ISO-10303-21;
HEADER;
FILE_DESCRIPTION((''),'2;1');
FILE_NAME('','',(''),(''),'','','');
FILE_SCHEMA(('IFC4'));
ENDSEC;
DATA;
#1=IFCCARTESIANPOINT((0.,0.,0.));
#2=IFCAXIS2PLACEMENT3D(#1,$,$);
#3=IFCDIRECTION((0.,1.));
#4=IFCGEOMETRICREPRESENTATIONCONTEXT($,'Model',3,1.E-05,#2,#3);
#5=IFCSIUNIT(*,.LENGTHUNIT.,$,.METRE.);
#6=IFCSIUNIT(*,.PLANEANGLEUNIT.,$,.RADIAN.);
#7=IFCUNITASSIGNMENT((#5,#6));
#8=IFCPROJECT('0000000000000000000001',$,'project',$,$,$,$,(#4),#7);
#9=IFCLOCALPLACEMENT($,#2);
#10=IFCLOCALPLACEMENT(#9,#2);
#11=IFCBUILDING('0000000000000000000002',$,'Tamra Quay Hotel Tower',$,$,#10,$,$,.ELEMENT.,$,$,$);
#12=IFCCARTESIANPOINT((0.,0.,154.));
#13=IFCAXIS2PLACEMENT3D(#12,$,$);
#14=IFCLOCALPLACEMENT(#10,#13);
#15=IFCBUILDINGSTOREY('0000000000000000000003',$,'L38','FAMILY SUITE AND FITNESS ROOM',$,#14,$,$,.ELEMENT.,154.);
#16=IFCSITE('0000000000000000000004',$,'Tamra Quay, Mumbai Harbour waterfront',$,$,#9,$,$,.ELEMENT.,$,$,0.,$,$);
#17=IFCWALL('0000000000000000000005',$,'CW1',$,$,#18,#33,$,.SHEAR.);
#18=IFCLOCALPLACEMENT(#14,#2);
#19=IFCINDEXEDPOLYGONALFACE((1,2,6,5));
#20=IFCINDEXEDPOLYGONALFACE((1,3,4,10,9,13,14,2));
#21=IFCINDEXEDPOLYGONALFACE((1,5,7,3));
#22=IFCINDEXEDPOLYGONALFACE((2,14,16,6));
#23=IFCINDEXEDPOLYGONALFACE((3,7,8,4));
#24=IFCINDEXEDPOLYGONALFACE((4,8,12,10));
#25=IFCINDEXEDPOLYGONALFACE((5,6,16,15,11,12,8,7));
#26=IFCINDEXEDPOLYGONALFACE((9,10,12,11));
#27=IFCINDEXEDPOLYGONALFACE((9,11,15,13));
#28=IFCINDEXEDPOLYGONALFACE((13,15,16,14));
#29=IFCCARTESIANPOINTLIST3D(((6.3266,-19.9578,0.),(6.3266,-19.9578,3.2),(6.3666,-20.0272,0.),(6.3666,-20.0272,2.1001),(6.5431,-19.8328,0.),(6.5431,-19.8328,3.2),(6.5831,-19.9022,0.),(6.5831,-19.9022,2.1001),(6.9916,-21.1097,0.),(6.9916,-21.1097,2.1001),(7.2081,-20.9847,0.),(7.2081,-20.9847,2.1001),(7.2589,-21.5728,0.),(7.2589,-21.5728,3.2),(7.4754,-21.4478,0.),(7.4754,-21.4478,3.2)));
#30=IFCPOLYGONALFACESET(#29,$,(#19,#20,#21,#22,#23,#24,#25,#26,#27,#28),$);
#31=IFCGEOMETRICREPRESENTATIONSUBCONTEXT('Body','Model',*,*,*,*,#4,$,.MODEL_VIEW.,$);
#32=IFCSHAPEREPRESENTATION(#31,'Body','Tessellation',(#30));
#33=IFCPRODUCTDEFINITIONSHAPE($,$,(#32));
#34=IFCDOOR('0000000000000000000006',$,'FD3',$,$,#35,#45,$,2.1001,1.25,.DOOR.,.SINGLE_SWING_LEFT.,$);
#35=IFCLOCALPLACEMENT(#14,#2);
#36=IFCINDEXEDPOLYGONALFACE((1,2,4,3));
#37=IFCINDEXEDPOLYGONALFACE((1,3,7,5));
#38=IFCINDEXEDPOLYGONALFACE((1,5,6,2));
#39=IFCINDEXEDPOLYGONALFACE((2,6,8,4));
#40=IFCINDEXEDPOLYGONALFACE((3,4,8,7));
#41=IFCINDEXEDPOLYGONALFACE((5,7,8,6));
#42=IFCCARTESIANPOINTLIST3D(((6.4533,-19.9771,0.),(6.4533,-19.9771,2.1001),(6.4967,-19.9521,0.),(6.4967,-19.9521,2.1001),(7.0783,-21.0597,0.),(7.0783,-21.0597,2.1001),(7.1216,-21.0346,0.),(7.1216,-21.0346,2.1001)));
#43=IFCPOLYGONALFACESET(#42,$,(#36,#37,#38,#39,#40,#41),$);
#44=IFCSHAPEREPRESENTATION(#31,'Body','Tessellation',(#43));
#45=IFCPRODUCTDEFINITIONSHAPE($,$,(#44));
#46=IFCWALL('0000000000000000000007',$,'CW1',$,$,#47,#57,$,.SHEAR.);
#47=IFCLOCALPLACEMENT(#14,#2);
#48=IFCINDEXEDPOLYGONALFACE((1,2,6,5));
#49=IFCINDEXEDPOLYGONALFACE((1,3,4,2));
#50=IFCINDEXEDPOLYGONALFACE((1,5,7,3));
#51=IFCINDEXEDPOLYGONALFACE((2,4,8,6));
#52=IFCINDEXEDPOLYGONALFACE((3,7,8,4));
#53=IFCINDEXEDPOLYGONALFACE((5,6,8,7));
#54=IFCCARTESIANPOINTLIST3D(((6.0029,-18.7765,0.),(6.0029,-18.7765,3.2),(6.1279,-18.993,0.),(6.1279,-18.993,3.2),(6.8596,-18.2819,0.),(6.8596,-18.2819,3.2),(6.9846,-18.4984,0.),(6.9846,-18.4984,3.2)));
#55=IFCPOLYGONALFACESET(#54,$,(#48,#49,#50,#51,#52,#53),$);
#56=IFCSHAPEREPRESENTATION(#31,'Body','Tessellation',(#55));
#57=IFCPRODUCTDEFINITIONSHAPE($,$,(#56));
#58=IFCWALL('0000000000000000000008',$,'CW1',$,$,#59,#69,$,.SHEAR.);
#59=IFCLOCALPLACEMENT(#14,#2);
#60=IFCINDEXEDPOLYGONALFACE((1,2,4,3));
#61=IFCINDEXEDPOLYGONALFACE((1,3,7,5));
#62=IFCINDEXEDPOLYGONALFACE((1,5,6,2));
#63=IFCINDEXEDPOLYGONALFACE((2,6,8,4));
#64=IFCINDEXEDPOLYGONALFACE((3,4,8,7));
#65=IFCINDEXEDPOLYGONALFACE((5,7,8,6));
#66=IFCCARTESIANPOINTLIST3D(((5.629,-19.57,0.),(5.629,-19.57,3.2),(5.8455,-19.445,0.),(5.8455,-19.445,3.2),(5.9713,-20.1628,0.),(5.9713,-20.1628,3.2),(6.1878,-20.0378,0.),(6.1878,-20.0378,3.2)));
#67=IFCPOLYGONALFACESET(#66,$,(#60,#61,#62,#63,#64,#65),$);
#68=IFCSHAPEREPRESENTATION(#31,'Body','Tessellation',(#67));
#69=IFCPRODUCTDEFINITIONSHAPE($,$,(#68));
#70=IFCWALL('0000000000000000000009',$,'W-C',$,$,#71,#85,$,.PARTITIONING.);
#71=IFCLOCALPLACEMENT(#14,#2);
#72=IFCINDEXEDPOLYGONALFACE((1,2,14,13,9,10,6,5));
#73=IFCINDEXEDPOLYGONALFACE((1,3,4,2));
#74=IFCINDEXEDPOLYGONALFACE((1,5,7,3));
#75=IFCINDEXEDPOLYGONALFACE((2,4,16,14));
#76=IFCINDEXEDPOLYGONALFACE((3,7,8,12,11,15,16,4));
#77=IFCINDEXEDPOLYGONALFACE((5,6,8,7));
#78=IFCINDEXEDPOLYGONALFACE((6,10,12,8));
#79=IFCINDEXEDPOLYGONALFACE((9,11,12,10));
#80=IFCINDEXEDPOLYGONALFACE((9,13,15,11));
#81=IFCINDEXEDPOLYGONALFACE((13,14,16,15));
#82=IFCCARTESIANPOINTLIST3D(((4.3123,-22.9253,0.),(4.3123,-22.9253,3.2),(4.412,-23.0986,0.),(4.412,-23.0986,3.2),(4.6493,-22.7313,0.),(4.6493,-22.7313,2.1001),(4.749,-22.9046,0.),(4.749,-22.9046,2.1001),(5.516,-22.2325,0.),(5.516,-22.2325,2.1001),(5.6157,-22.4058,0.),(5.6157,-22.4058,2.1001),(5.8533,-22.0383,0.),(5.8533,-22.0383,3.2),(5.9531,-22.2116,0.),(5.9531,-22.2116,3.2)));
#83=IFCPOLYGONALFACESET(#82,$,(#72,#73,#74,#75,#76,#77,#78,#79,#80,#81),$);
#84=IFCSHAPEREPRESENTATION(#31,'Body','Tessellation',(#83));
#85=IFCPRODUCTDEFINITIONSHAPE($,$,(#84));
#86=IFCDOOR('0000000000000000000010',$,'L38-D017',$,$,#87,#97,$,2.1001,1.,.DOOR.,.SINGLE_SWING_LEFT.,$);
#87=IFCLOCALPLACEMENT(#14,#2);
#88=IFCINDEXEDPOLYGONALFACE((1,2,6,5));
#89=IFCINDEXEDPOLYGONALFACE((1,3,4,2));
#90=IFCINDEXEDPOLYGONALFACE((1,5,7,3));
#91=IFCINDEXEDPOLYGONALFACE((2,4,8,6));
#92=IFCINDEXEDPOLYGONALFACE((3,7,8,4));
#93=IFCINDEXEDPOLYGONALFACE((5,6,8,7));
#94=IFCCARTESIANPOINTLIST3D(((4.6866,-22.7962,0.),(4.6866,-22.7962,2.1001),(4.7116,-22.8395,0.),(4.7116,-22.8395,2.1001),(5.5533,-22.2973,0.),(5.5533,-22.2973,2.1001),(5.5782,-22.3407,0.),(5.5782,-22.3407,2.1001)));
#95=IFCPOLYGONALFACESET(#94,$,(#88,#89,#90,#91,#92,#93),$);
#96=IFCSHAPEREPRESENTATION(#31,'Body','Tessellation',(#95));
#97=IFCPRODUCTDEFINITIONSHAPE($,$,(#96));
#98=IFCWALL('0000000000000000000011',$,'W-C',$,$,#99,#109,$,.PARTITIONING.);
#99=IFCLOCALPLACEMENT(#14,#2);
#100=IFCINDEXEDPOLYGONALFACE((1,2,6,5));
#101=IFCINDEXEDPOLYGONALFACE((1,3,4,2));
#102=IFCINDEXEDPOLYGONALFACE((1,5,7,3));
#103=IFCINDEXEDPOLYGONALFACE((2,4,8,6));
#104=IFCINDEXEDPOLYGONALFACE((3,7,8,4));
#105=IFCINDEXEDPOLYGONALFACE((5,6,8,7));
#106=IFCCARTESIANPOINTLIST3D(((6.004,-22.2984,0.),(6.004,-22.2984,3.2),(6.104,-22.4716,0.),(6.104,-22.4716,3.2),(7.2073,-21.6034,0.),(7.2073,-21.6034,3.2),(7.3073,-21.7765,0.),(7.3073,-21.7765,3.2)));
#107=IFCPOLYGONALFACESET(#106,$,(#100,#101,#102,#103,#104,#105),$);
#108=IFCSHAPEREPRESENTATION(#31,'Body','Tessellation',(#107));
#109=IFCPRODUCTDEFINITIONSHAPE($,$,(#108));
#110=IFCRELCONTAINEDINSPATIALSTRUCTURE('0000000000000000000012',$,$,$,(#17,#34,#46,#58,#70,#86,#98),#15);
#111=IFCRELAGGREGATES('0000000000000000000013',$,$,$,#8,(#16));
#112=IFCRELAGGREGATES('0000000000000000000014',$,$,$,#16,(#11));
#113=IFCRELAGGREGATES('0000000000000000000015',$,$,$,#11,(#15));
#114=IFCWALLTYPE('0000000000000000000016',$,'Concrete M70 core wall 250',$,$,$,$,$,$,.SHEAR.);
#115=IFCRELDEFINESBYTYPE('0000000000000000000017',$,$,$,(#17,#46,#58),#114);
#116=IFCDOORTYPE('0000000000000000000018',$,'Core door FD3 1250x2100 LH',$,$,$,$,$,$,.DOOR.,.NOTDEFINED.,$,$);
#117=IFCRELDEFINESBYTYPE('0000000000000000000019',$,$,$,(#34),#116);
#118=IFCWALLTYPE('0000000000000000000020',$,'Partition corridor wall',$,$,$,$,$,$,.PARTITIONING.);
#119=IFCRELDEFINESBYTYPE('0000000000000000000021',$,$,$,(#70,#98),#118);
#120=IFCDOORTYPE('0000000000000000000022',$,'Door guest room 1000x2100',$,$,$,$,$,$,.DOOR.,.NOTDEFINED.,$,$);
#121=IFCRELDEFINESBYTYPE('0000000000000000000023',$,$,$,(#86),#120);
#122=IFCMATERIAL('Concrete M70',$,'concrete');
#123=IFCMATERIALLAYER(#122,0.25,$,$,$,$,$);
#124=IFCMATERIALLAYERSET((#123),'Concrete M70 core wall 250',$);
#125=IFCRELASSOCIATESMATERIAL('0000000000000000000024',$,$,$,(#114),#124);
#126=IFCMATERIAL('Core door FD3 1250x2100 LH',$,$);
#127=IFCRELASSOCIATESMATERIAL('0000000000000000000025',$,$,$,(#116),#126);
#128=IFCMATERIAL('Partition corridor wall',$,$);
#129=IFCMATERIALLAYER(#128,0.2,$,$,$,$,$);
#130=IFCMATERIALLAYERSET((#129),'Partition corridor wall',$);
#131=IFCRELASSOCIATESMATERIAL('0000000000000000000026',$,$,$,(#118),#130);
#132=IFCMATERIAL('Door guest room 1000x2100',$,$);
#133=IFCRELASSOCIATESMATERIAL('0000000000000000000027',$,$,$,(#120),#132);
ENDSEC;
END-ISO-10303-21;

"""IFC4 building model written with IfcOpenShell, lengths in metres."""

from ifc_helpers import new_model, si_unit, direction, frame, frame_2d, origin, place, context, subcontext, project, spatial, rectangle, extrude, material, layer, layer_set, type_object, element, fill, save


model = new_model("IFC4")

# Units and contexts
model_context = context("Model", 3, precision=1e-05, world=origin(), true_north=direction((0.0, 1.0)))
body_context = subcontext(model_context, "Body", "Model", "MODEL_VIEW")
ifc_project = project(units=[si_unit("LENGTHUNIT", "METRE"), si_unit("PLANEANGLEUNIT", "RADIAN")], contexts=[model_context])

# Site, building, storey
site_placement = place(None, origin())
site = spatial("IfcSite", under=ifc_project, at=site_placement, Name="Tamra Quay, Mumbai Harbour waterfront", CompositionType="ELEMENT", RefElevation=0.0)
building_placement = place(site_placement, origin())
building = spatial("IfcBuilding", under=site, at=building_placement, Name="Tamra Quay Hotel Tower", CompositionType="ELEMENT")
storey_placement = place(building_placement, frame((0.0, 0.0, 154.0)))
storey = spatial("IfcBuildingStorey", under=building, at=storey_placement, Name="L38", Description="FAMILY SUITE AND FITNESS ROOM", CompositionType="ELEMENT", Elevation=154.0)

# Shared definitions
ifc_material_1 = material(Name="Concrete M70", Category="concrete")

# Shared definitions
ifc_layer_1 = layer(ifc_material_1, 0.25)
ifc_layer_set_1 = layer_set([ifc_layer_1], Name="Concrete M70 core wall 250")
wall_type_1 = type_object("IfcWallType", Name="Concrete M70 core wall 250", PredefinedType="SHEAR", material=ifc_layer_set_1)

# Wall, opening, door
wall_1_placement = place(storey_placement, frame((7.3672, -21.5103, 0.0), z_axis=(0.0, 0.0, 1.0), x_axis=(-0.499983, 0.866035, 0.0)))
wall_1 = element("IfcWall", 1, at=wall_1_placement, inside=storey, type_object=wall_type_1, Name="CW1", PredefinedType="SHEAR", context=body_context, shape_type="SweptSolid", body=[
    extrude(rectangle(XDim=1.8647, YDim=0.25, at=frame_2d((0.9324, 0.0))), origin(), (0.0, 0.0, 1.0), 3.2),
])
opening_1_placement = place(wall_1_placement, frame((0.5347, 0.0, 0.0)))
opening_1 = element("IfcOpeningElement", 2, at=opening_1_placement, cuts=wall_1, PredefinedType="OPENING", context=body_context, shape_type="SweptSolid", body=[
    extrude(rectangle(XDim=1.25, YDim=2.1001, at=frame_2d((0.625, 1.05))), frame((0.0, 0.135, 0.0), z_axis=(0.0, -1.0, 0.0), x_axis=(1.0, 0.0, 0.0)), (0.0, 0.0, 1.0), 0.27),
])
ifc_material_2 = material(Name="Core door FD3 1250x2100 LH")
door_type_1 = type_object("IfcDoorType", Name="Core door FD3 1250x2100 LH", OperationType="NOTDEFINED", PredefinedType="DOOR", material=ifc_material_2)
door_1_placement = place(opening_1_placement, origin())
door_1 = element("IfcDoor", 3, at=door_1_placement, inside=storey, type_object=door_type_1, Name="FD3", OperationType="SINGLE_SWING_LEFT", OverallHeight=2.1001, OverallWidth=1.25, PredefinedType="DOOR", context=body_context, shape_type="SweptSolid", body=[
    extrude(rectangle(XDim=1.25, YDim=2.1001, at=frame_2d((0.625, 1.05))), frame((0.0, 0.0249, 0.0), z_axis=(0.0, -1.0, 0.0), x_axis=(1.0, 0.0, 0.0)), (0.0, 0.0, 1.0), 0.05),
])
fill(opening_1, door_1)

# Walls
wall_2_placement = place(storey_placement, frame((6.0654, -18.8848, 0.0), z_axis=(0.0, 0.0, 1.0), x_axis=(0.866017, 0.500014, 0.0)))
element("IfcWall", 4, at=wall_2_placement, inside=storey, type_object=wall_type_1, Name="CW1", PredefinedType="SHEAR", context=body_context, shape_type="SweptSolid", body=[
    extrude(rectangle(XDim=0.9893, YDim=0.25, at=frame_2d((0.4946, 0.0))), origin(), (0.0, 0.0, 1.0), 3.2),
])
wall_3_placement = place(storey_placement, frame((6.0796, -20.1003, 0.0), z_axis=(0.0, 0.0, 1.0), x_axis=(-0.500052, 0.865996, 0.0)))
element("IfcWall", 5, at=wall_3_placement, inside=storey, type_object=wall_type_1, Name="CW1", PredefinedType="SHEAR", context=body_context, shape_type="SweptSolid", body=[
    extrude(rectangle(XDim=0.6846, YDim=0.25, at=frame_2d((0.3423, 0.0))), origin(), (0.0, 0.0, 1.0), 3.2),
])

# Wall, opening, door
ifc_material_3 = material(Name="Partition corridor wall")
ifc_layer_2 = layer(ifc_material_3, 0.2)
ifc_layer_set_2 = layer_set([ifc_layer_2], Name="Partition corridor wall")
wall_type_2 = type_object("IfcWallType", Name="Partition corridor wall", PredefinedType="PARTITIONING", material=ifc_layer_set_2)
wall_4_placement = place(storey_placement, frame((4.3621, -23.012, 0.0), z_axis=(0.0, 0.0, 1.0), x_axis=(0.866693, 0.498843, 0.0)))
wall_4 = element("IfcWall", 6, at=wall_4_placement, inside=storey, type_object=wall_type_2, Name="W-C", PredefinedType="PARTITIONING", context=body_context, shape_type="SweptSolid", body=[
    extrude(rectangle(XDim=1.7781, YDim=0.2, at=frame_2d((0.8892, 0.0))), origin(), (0.0, 0.0, 1.0), 3.2),
])
opening_2_placement = place(wall_4_placement, frame((0.3889, 0.0, 0.0)))
opening_2 = element("IfcOpeningElement", 7, at=opening_2_placement, cuts=wall_4, PredefinedType="OPENING", context=body_context, shape_type="SweptSolid", body=[
    extrude(rectangle(XDim=1.0, YDim=2.1001, at=frame_2d((0.5, 1.05))), frame((0.0, 0.1099, 0.0), z_axis=(0.0, -1.0, 0.0), x_axis=(1.0, 0.0, 0.0)), (0.0, 0.0, 1.0), 0.22),
])
ifc_material_4 = material(Name="Door guest room 1000x2100")
door_type_2 = type_object("IfcDoorType", Name="Door guest room 1000x2100", OperationType="NOTDEFINED", PredefinedType="DOOR", material=ifc_material_4)
door_2_placement = place(opening_2_placement, frame((1.0, 0.0, 0.0), z_axis=(0.0, 0.0, 1.0), x_axis=(-1.0, 0.0, 0.0)))
door_2 = element("IfcDoor", 8, at=door_2_placement, inside=storey, type_object=door_type_2, Name="L38-D017", OperationType="SINGLE_SWING_LEFT", OverallHeight=2.1001, OverallWidth=1.0, PredefinedType="DOOR", context=body_context, shape_type="SweptSolid", body=[
    extrude(rectangle(XDim=1.0, YDim=2.1001, at=frame_2d((0.5, 1.05))), frame((0.0, 0.0249, 0.0), z_axis=(0.0, -1.0, 0.0), x_axis=(1.0, 0.0, 0.0)), (0.0, 0.0, 1.0), 0.05),
])
fill(opening_2, door_2)

# Wall
wall_5_placement = place(storey_placement, frame((6.054, -22.385, 0.0), z_axis=(0.0, 0.0, 1.0), x_axis=(0.865931, 0.500163, 0.0)))
element("IfcWall", 9, at=wall_5_placement, inside=storey, type_object=wall_type_2, Name="W-C", PredefinedType="PARTITIONING", context=body_context, shape_type="SweptSolid", body=[
    extrude(rectangle(XDim=1.3896, YDim=0.2, at=frame_2d((0.6948, 0.0))), origin(), (0.0, 0.0, 1.0), 3.2),
])

save(model, "model.ifc")
